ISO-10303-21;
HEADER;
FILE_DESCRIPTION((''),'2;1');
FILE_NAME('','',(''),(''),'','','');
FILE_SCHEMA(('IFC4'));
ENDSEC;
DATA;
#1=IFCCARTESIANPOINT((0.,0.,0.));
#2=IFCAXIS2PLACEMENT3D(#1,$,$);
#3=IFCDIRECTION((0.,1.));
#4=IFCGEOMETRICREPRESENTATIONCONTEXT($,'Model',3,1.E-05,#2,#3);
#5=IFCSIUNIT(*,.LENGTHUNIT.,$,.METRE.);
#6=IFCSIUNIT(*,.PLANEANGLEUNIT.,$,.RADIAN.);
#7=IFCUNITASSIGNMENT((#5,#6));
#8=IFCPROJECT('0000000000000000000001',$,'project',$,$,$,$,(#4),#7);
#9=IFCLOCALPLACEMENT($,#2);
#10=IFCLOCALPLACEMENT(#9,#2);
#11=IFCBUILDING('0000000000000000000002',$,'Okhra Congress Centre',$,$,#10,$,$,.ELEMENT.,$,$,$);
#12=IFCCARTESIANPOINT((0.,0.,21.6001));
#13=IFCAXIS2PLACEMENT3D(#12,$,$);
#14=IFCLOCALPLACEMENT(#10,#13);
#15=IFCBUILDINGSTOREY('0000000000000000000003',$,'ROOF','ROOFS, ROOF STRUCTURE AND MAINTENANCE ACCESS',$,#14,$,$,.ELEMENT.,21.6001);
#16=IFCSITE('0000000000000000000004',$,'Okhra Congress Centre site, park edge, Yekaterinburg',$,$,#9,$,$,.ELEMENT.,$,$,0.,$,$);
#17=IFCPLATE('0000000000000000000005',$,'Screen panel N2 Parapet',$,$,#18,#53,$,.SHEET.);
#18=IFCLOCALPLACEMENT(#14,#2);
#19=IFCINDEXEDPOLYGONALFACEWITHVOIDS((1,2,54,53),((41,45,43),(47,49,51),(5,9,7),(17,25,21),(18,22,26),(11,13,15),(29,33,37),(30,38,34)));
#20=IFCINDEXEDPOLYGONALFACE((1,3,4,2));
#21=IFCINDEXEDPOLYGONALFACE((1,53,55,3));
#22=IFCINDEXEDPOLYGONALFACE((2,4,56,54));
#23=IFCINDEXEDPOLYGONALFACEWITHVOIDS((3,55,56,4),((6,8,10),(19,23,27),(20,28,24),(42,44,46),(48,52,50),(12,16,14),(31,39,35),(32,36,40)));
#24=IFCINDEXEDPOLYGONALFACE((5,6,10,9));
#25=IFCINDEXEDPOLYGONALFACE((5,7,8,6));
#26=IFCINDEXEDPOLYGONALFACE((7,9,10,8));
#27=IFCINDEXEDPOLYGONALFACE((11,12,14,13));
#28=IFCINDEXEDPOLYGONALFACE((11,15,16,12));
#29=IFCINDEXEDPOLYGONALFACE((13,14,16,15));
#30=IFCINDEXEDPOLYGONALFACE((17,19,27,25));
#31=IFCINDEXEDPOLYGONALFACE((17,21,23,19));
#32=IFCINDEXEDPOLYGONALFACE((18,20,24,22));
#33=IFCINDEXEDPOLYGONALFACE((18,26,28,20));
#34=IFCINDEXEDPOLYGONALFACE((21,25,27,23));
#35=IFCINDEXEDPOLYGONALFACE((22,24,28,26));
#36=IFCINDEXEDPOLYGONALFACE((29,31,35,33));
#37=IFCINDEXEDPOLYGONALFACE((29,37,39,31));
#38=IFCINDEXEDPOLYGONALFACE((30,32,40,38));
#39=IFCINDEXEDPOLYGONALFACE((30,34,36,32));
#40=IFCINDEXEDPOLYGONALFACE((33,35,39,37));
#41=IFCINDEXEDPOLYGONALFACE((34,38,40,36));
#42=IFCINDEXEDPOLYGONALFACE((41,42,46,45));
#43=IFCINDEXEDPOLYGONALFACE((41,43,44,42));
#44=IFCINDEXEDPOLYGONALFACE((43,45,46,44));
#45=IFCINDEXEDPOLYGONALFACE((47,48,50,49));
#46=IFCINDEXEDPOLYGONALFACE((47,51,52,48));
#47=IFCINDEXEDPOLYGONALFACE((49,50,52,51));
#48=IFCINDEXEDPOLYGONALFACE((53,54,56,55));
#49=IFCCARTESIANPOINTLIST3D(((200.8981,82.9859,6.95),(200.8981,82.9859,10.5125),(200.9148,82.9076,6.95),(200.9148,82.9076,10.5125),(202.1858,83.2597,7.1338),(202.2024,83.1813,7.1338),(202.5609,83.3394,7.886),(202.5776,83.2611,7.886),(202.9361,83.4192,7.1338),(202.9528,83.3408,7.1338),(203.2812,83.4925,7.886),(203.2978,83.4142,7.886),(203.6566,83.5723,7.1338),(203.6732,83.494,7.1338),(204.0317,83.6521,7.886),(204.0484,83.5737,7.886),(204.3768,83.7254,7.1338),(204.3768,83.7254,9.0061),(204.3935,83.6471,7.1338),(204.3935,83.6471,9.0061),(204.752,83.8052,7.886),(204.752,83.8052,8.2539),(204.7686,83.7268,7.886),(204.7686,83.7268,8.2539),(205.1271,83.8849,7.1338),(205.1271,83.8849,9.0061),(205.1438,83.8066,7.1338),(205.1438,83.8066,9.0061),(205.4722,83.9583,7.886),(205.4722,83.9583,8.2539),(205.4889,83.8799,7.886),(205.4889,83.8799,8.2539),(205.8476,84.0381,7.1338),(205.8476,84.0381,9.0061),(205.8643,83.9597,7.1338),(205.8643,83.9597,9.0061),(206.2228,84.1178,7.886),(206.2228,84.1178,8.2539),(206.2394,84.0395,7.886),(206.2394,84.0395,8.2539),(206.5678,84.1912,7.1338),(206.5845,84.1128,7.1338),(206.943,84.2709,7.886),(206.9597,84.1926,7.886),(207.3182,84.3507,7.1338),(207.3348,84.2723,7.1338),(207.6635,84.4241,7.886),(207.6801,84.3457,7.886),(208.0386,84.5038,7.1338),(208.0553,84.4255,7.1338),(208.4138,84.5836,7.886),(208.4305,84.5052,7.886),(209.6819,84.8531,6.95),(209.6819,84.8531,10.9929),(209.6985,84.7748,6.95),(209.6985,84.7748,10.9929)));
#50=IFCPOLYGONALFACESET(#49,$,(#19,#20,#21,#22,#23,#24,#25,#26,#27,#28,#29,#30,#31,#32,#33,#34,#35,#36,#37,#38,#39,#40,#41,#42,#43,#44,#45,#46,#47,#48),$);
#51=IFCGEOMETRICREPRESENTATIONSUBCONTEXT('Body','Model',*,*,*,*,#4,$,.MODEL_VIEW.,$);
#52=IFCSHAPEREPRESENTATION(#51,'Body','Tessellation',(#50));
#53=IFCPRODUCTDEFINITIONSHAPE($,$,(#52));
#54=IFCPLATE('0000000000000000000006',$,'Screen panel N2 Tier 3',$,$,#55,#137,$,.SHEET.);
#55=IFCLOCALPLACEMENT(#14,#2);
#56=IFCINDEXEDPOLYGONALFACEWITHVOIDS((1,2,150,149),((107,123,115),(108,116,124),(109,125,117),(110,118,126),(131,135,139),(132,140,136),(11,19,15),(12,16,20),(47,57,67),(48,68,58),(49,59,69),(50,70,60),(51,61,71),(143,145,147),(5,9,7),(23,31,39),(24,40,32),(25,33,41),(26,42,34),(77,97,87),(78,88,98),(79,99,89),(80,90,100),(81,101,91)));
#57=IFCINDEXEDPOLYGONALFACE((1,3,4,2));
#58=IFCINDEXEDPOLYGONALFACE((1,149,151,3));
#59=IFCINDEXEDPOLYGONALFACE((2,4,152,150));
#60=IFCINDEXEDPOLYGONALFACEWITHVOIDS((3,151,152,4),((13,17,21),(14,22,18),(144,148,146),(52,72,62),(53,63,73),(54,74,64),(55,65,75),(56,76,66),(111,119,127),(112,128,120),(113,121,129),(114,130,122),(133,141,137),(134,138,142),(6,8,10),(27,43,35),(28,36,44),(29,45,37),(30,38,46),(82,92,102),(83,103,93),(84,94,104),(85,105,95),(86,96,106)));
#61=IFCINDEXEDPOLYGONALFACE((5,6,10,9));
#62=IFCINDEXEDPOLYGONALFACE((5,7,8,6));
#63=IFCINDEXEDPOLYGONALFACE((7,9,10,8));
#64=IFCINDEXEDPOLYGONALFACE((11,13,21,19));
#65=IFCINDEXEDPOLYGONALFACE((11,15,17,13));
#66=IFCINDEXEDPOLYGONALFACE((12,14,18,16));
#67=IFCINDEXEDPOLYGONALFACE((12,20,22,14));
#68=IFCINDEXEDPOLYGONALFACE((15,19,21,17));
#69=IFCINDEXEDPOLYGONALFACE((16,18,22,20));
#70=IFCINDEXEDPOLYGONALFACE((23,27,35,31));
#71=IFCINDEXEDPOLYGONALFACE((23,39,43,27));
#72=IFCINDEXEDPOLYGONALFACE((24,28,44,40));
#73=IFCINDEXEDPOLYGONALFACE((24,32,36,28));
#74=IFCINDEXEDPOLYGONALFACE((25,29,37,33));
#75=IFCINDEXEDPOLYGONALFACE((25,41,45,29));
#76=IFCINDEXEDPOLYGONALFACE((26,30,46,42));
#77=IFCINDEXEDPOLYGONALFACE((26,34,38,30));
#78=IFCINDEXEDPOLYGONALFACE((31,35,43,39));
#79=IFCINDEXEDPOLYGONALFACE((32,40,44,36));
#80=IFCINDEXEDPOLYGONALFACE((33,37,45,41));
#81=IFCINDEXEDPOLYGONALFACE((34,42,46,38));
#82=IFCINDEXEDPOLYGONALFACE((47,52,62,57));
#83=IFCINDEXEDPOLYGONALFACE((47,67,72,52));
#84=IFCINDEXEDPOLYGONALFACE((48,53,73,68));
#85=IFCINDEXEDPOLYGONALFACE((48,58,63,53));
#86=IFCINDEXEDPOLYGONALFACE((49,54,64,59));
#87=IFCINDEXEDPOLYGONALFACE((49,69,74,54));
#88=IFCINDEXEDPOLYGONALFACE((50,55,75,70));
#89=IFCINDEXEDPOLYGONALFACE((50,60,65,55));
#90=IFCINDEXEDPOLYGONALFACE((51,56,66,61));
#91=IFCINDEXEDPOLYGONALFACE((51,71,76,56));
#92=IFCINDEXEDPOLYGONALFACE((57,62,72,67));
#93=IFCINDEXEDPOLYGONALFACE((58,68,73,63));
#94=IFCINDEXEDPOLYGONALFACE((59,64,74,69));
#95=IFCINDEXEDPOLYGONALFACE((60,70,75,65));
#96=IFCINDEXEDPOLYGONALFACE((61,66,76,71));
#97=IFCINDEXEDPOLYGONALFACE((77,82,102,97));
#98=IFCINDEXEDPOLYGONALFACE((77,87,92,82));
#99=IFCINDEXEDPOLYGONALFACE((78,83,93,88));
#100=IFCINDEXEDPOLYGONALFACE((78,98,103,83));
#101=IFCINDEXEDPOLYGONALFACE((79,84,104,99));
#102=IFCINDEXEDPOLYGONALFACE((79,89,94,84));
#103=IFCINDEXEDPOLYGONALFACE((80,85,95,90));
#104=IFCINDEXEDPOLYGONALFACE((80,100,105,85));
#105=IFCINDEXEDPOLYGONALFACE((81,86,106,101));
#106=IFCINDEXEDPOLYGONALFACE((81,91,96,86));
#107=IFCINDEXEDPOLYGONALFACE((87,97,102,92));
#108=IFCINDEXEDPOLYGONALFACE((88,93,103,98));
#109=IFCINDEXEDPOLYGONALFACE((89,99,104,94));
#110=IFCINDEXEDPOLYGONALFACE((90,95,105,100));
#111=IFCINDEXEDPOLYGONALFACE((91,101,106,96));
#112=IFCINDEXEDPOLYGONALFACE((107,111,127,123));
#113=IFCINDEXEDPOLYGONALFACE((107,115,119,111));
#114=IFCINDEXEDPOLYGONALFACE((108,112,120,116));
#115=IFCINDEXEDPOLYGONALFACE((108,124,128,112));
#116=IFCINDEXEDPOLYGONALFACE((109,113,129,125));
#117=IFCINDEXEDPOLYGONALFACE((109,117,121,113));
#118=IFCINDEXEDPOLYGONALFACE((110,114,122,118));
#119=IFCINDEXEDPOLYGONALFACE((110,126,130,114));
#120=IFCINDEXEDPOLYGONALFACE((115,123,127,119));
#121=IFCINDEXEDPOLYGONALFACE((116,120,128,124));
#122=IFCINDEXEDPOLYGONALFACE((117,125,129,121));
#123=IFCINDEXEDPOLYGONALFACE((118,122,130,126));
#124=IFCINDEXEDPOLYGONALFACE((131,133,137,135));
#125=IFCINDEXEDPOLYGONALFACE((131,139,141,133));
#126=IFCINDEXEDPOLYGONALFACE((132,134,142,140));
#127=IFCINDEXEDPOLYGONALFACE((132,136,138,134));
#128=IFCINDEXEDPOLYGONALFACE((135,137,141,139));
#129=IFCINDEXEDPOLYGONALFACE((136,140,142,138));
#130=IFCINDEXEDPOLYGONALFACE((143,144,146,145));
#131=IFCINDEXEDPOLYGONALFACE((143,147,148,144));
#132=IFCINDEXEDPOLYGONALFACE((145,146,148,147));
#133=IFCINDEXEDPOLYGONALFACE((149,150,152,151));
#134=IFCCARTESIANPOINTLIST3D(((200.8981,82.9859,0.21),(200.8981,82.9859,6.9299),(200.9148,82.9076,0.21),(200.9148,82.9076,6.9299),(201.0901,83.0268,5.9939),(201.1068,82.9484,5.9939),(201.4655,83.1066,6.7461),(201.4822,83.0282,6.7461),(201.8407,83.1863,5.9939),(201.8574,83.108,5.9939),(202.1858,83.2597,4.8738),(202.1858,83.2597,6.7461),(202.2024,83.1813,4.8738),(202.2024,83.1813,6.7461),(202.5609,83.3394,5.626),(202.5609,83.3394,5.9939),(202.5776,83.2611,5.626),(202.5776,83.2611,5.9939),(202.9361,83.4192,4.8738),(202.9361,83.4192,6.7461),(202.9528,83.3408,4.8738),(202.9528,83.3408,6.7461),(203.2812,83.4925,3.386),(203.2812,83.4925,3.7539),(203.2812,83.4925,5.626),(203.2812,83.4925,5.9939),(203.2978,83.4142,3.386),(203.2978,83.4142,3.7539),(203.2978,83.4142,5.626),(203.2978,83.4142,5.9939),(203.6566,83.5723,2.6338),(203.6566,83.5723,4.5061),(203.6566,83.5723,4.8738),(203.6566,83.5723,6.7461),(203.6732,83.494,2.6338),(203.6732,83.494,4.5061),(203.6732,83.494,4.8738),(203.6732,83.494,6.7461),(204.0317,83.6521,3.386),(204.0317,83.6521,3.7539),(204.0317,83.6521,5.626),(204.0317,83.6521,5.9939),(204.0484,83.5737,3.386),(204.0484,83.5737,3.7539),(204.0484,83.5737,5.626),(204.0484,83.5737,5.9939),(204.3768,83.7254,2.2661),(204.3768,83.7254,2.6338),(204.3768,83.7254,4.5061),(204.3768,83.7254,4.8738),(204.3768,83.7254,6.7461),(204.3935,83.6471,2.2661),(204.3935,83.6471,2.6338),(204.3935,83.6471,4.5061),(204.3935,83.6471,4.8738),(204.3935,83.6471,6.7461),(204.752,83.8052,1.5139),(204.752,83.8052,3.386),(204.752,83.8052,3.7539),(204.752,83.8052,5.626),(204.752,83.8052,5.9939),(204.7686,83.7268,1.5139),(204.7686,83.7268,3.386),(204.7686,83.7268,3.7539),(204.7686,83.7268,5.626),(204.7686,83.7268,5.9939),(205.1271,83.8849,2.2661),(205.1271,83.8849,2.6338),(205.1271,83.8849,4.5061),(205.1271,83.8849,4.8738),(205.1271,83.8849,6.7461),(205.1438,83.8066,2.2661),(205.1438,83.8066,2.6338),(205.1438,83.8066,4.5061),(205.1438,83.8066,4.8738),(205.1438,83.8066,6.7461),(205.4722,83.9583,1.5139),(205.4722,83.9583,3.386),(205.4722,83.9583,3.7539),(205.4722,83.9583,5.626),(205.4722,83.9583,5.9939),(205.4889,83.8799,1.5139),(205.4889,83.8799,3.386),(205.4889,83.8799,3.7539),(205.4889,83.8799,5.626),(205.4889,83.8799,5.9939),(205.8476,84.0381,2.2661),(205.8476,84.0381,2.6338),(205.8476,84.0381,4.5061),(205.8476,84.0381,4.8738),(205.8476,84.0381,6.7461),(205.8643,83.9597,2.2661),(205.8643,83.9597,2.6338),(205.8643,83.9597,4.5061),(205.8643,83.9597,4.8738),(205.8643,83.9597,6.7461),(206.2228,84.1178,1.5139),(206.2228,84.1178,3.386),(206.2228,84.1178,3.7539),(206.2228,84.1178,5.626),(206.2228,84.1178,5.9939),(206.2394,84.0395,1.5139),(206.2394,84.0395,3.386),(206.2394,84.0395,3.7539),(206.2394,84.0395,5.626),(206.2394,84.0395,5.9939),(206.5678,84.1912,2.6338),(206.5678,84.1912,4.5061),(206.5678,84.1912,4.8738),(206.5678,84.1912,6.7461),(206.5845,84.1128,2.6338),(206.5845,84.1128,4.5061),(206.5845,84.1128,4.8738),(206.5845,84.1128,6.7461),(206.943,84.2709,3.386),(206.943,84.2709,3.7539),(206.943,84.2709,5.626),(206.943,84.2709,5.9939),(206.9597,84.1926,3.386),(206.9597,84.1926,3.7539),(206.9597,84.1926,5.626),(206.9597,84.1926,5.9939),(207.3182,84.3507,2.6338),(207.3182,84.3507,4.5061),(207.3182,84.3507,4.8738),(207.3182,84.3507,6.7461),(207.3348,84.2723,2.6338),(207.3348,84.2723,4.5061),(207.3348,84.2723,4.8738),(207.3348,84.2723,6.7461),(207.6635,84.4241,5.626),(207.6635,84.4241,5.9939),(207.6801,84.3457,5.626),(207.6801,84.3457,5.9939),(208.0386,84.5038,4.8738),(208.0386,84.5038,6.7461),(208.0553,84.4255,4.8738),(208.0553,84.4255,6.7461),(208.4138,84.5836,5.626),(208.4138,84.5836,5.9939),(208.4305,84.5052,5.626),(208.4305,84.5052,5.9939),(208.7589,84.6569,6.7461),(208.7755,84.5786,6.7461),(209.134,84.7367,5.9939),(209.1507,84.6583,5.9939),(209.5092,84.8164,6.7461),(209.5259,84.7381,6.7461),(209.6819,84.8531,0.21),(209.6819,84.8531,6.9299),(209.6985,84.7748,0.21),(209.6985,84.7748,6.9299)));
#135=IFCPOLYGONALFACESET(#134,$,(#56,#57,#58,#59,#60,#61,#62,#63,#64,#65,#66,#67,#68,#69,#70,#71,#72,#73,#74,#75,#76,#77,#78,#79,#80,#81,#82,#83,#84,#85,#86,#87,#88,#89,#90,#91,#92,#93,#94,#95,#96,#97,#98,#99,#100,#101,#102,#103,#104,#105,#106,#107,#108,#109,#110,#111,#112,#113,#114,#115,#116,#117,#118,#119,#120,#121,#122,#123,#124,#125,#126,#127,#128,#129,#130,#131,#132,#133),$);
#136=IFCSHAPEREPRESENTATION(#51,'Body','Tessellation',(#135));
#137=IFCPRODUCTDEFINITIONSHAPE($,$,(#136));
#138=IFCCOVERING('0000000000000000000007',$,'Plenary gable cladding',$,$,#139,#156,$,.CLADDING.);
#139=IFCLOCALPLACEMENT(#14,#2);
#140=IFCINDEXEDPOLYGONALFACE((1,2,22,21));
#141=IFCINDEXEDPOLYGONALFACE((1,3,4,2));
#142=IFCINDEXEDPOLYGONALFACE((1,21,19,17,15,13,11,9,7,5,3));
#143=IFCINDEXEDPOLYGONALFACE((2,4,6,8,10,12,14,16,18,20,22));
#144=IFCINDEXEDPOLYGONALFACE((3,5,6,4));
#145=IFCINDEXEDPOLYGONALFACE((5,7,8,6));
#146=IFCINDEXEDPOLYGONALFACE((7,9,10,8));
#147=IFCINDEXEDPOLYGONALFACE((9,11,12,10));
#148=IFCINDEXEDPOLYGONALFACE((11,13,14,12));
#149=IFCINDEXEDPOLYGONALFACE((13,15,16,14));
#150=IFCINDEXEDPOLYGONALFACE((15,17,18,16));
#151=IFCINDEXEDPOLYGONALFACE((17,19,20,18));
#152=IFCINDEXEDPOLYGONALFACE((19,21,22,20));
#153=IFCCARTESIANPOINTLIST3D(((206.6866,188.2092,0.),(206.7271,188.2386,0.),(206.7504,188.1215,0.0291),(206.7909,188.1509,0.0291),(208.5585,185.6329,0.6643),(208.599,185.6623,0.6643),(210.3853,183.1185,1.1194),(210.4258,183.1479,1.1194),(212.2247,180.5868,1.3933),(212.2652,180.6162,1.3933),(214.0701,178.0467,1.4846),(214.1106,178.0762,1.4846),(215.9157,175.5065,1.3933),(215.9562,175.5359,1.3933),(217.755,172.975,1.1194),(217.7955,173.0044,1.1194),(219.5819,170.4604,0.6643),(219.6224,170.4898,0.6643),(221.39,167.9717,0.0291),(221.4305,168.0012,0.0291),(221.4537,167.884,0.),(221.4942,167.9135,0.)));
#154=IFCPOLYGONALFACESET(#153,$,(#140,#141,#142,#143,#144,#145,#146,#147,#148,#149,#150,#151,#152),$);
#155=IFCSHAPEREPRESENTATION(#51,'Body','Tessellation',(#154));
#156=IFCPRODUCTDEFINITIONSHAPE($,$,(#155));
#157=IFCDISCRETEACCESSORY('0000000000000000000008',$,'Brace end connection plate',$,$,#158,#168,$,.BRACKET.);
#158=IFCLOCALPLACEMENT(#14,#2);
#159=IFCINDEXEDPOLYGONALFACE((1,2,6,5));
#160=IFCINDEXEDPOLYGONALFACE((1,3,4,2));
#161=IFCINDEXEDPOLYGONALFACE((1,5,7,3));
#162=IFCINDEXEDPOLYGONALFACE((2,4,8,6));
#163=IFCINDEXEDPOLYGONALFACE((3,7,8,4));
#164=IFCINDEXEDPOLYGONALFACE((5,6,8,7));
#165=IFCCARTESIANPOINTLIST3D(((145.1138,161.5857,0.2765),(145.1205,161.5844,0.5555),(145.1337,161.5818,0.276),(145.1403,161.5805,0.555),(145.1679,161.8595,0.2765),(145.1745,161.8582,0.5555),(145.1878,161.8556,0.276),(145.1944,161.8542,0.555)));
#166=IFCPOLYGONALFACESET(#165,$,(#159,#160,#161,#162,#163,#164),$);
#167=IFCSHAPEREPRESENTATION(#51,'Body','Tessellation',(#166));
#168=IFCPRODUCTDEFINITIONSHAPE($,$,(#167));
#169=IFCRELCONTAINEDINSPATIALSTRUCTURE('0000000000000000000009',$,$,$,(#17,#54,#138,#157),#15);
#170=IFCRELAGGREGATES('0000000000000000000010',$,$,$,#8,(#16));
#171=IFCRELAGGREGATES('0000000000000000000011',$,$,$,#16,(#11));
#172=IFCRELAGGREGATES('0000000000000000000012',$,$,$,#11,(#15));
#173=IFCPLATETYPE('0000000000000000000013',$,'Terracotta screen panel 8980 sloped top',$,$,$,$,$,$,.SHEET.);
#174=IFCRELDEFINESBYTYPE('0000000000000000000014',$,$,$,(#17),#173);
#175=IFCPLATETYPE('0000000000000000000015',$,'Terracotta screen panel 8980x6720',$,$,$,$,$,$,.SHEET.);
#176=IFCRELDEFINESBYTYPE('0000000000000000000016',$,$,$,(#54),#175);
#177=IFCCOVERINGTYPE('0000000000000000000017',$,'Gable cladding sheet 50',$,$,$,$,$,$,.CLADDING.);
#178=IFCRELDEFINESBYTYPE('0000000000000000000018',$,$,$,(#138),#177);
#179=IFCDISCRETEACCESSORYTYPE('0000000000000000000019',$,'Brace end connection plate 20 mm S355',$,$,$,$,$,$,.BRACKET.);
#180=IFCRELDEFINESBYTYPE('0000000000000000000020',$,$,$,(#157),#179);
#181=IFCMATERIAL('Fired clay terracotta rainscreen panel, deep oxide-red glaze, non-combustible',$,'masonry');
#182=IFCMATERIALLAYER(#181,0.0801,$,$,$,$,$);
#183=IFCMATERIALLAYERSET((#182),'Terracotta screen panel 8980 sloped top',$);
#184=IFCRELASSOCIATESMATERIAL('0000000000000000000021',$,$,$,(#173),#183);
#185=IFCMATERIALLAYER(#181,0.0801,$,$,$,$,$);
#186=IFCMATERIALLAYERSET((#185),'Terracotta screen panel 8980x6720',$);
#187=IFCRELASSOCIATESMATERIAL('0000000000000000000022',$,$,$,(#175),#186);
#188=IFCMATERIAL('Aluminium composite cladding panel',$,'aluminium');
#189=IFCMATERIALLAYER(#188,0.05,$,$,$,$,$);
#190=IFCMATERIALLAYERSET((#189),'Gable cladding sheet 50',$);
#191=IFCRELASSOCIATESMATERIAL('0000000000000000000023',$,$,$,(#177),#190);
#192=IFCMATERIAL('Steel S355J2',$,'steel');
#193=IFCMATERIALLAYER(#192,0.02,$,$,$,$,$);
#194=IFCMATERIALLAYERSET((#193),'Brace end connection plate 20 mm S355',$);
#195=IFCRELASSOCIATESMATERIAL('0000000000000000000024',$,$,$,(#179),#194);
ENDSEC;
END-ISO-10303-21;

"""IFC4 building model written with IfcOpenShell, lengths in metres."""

from ifc_helpers import new_model, si_unit, direction, frame, origin, origin_2d, place, context, subcontext, project, spatial, polyline, rectangle, outline, extrude, material, layer, layer_set, type_object, element, save


model = new_model("IFC4")

# Units and contexts
model_context = context("Model", 3, precision=1e-05, world=origin(), true_north=direction((0.0, 1.0)))
body_context = subcontext(model_context, "Body", "Model", "MODEL_VIEW")
ifc_project = project(units=[si_unit("LENGTHUNIT", "METRE"), si_unit("PLANEANGLEUNIT", "RADIAN")], contexts=[model_context])

# Site, building, storey
site_placement = place(None, origin())
site = spatial("IfcSite", under=ifc_project, at=site_placement, Name="Okhra Congress Centre site, park edge, Yekaterinburg", CompositionType="ELEMENT", RefElevation=0.0)
building_placement = place(site_placement, origin())
building = spatial("IfcBuilding", under=site, at=building_placement, Name="Okhra Congress Centre", CompositionType="ELEMENT")
storey_placement = place(building_placement, frame((0.0, 0.0, 21.6001)))
storey = spatial("IfcBuildingStorey", under=building, at=storey_placement, Name="ROOF", Description="ROOFS, ROOF STRUCTURE AND MAINTENANCE ACCESS", CompositionType="ELEMENT", Elevation=21.6001)

# Shared definitions
ifc_material_1 = material(Name="Steel S355J2", Category="steel")

# Plates
ifc_material_2 = material(Name="Fired clay terracotta rainscreen panel, deep oxide-red glaze, non-combustible", Category="masonry")
ifc_layer_1 = layer(ifc_material_2, 0.0801)
ifc_layer_set_1 = layer_set([ifc_layer_1], Name="Terracotta screen panel 8980 sloped top")
plate_type_1 = type_object("IfcPlateType", Name="Terracotta screen panel 8980 sloped top", PredefinedType="SHEET", material=ifc_layer_set_1)
plate_1_placement = place(storey_placement, frame((209.6902, 84.814, 6.95), z_axis=(0.0, 0.0, 1.0), x_axis=(-0.978144, -0.207928, 0.0)))
element("IfcPlate", 1, at=plate_1_placement, inside=storey, type_object=plate_type_1, Name="Screen panel N2 Parapet", PredefinedType="SHEET", context=body_context, shape_type="SweptSolid", body=[
    extrude(outline(polyline([(0.0, 0.0), (8.98, 0.0), (8.98, 3.5625), (0.0, 4.043), (0.0, 0.0)]), holes=[polyline([(1.2964, 0.936), (1.6799, 0.1838), (2.0635, 0.936), (1.2964, 0.936)]), polyline([(2.4165, 0.1838), (3.1836, 0.1838), (2.8, 0.936), (2.4165, 0.1838)]), polyline([(3.5364, 0.936), (3.9199, 0.1838), (4.3037, 0.936), (3.5364, 0.936)]), polyline([(4.6565, 0.1838), (5.4236, 0.1838), (5.04, 0.936), (4.6565, 0.1838)]), polyline([(5.7764, 0.936), (6.1599, 0.1838), (6.5437, 0.936), (5.7764, 0.936)]), polyline([(6.8965, 0.1838), (7.6636, 0.1838), (7.28, 0.936), (6.8965, 0.1838)]), polyline([(3.5364, 1.304), (4.3037, 1.304), (3.9199, 2.0562), (3.5364, 1.304)]), polyline([(4.6565, 2.0562), (5.04, 1.304), (5.4236, 2.0562), (4.6565, 2.0562)])]), frame((0.0, 0.04, 0.0), z_axis=(0.0, -1.0, 0.0), x_axis=(1.0, 0.0, 0.0)), (0.0, 0.0, 1.0), 0.0801),
])
ifc_layer_2 = layer(ifc_material_2, 0.0801)
ifc_layer_set_2 = layer_set([ifc_layer_2], Name="Terracotta screen panel 8980x6720")
plate_type_2 = type_object("IfcPlateType", Name="Terracotta screen panel 8980x6720", PredefinedType="SHEET", material=ifc_layer_set_2)
plate_2_placement = place(storey_placement, frame((209.6902, 84.814, 0.21), z_axis=(0.0, 0.0, 1.0), x_axis=(-0.978144, -0.207928, 0.0)))
element("IfcPlate", 2, at=plate_2_placement, inside=storey, type_object=plate_type_2, Name="Screen panel N2 Tier 3", PredefinedType="SHEET", context=body_context, shape_type="SweptSolid", body=[
    extrude(outline(polyline([(0.0, 0.0), (8.98, 0.0), (8.98, 6.72), (0.0, 6.72), (0.0, 0.0)]), holes=[polyline([(3.5364, 1.304), (4.3037, 1.304), (3.9199, 2.0562), (3.5364, 1.304)]), polyline([(4.6565, 2.0562), (5.04, 1.304), (5.4236, 2.0562), (4.6565, 2.0562)]), polyline([(2.4165, 2.4238), (3.1836, 2.4238), (2.8, 3.176), (2.4165, 2.4238)]), polyline([(3.5364, 3.176), (3.9199, 2.4238), (4.3037, 3.176), (3.5364, 3.176)]), polyline([(4.6565, 2.4238), (5.4236, 2.4238), (5.04, 3.176), (4.6565, 2.4238)]), polyline([(5.7764, 3.176), (6.1599, 2.4238), (6.5437, 3.176), (5.7764, 3.176)]), polyline([(2.4165, 4.2961), (2.8, 3.5439), (3.1836, 4.2961), (2.4165, 4.2961)]), polyline([(3.5364, 3.5439), (4.3037, 3.5439), (3.9199, 4.2961), (3.5364, 3.5439)]), polyline([(4.6565, 4.2961), (5.04, 3.5439), (5.4236, 4.2961), (4.6565, 4.2961)]), polyline([(5.7764, 3.5439), (6.5437, 3.5439), (6.1599, 4.2961), (5.7764, 3.5439)]), polyline([(1.2964, 5.416), (1.6799, 4.6638), (2.0635, 5.416), (1.2964, 5.416)]), polyline([(2.4165, 4.6638), (3.1836, 4.6638), (2.8, 5.416), (2.4165, 4.6638)]), polyline([(3.5364, 5.416), (3.9199, 4.6638), (4.3037, 5.416), (3.5364, 5.416)]), polyline([(4.6565, 4.6638), (5.4236, 4.6638), (5.04, 5.416), (4.6565, 4.6638)]), polyline([(5.7764, 5.416), (6.1599, 4.6638), (6.5437, 5.416), (5.7764, 5.416)]), polyline([(6.8965, 4.6638), (7.6636, 4.6638), (7.28, 5.416), (6.8965, 4.6638)]), polyline([(0.1765, 6.5361), (0.5601, 5.7839), (0.9436, 6.5361), (0.1765, 6.5361)]), polyline([(1.2964, 5.7839), (2.0635, 5.7839), (1.6799, 6.5361), (1.2964, 5.7839)]), polyline([(2.4165, 6.5361), (2.8, 5.7839), (3.1836, 6.5361), (2.4165, 6.5361)]), polyline([(3.5364, 5.7839), (4.3037, 5.7839), (3.9199, 6.5361), (3.5364, 5.7839)]), polyline([(4.6565, 6.5361), (5.04, 5.7839), (5.4236, 6.5361), (4.6565, 6.5361)]), polyline([(5.7764, 5.7839), (6.5437, 5.7839), (6.1599, 6.5361), (5.7764, 5.7839)]), polyline([(6.8965, 6.5361), (7.28, 5.7839), (7.6636, 6.5361), (6.8965, 6.5361)]), polyline([(8.0164, 5.7839), (8.7837, 5.7839), (8.3999, 6.5361), (8.0164, 5.7839)])]), frame((0.0, 0.04, 0.0), z_axis=(0.0, -1.0, 0.0), x_axis=(1.0, 0.0, 0.0)), (0.0, 0.0, 1.0), 0.0801),
])

# Covering
ifc_material_3 = material(Name="Aluminium composite cladding panel", Category="aluminium")
ifc_layer_3 = layer(ifc_material_3, 0.05)
ifc_layer_set_3 = layer_set([ifc_layer_3], Name="Gable cladding sheet 50")
covering_type = type_object("IfcCoveringType", Name="Gable cladding sheet 50", PredefinedType="CLADDING", material=ifc_layer_set_3)
covering_placement = place(storey_placement, frame((221.4739, 167.8987, 0.0), z_axis=(0.0, 0.0, 1.0), x_axis=(-0.587784, 0.809018, 0.0)))
element("IfcCovering", 3, at=covering_placement, inside=storey, type_object=covering_type, Name="Plenary gable cladding", PredefinedType="CLADDING", context=body_context, shape_type="SweptSolid", body=[
    extrude(outline(polyline([(0.0, 0.0), (25.1233, 0.0), (25.0149, 0.0291), (21.9387, 0.6643), (18.8308, 1.1194), (15.7014, 1.3933), (12.5618, 1.4846), (9.4219, 1.3933), (6.2927, 1.1194), (3.1846, 0.6643), (0.1084, 0.0291), (0.0, 0.0)])), frame((0.0, 0.0249, 0.0), z_axis=(0.0, -1.0, 0.0), x_axis=(1.0, 0.0, 0.0)), (0.0, 0.0, 1.0), 0.05),
])

# Discrete accessory
ifc_layer_4 = layer(ifc_material_1, 0.02)
ifc_layer_set_4 = layer_set([ifc_layer_4], Name="Brace end connection plate 20 mm S355")
discrete_accessory_type_1 = type_object("IfcDiscreteAccessoryType", Name="Brace end connection plate 20 mm S355", PredefinedType="BRACKET", material=ifc_layer_set_4)
for number, where, z_axis, x_axis, name in (
    (4, (145.1641, 161.718, 0.4155), (-0.980756, 0.19373, 0.024216), (-0.193786, -0.981044, 0.0), "Brace end connection plate"),
):
    element("IfcDiscreteAccessory", number, at=place(storey_placement, frame(where, z_axis=z_axis, x_axis=x_axis)), inside=storey, type_object=discrete_accessory_type_1, Name=name, PredefinedType="BRACKET", context=body_context, shape_type="SweptSolid", body=[
        extrude(rectangle(XDim=0.2791, YDim=0.2791, at=origin_2d()), origin(), (0.0, 0.0, 1.0), 0.0203),
    ])

save(model, "model.ifc")
